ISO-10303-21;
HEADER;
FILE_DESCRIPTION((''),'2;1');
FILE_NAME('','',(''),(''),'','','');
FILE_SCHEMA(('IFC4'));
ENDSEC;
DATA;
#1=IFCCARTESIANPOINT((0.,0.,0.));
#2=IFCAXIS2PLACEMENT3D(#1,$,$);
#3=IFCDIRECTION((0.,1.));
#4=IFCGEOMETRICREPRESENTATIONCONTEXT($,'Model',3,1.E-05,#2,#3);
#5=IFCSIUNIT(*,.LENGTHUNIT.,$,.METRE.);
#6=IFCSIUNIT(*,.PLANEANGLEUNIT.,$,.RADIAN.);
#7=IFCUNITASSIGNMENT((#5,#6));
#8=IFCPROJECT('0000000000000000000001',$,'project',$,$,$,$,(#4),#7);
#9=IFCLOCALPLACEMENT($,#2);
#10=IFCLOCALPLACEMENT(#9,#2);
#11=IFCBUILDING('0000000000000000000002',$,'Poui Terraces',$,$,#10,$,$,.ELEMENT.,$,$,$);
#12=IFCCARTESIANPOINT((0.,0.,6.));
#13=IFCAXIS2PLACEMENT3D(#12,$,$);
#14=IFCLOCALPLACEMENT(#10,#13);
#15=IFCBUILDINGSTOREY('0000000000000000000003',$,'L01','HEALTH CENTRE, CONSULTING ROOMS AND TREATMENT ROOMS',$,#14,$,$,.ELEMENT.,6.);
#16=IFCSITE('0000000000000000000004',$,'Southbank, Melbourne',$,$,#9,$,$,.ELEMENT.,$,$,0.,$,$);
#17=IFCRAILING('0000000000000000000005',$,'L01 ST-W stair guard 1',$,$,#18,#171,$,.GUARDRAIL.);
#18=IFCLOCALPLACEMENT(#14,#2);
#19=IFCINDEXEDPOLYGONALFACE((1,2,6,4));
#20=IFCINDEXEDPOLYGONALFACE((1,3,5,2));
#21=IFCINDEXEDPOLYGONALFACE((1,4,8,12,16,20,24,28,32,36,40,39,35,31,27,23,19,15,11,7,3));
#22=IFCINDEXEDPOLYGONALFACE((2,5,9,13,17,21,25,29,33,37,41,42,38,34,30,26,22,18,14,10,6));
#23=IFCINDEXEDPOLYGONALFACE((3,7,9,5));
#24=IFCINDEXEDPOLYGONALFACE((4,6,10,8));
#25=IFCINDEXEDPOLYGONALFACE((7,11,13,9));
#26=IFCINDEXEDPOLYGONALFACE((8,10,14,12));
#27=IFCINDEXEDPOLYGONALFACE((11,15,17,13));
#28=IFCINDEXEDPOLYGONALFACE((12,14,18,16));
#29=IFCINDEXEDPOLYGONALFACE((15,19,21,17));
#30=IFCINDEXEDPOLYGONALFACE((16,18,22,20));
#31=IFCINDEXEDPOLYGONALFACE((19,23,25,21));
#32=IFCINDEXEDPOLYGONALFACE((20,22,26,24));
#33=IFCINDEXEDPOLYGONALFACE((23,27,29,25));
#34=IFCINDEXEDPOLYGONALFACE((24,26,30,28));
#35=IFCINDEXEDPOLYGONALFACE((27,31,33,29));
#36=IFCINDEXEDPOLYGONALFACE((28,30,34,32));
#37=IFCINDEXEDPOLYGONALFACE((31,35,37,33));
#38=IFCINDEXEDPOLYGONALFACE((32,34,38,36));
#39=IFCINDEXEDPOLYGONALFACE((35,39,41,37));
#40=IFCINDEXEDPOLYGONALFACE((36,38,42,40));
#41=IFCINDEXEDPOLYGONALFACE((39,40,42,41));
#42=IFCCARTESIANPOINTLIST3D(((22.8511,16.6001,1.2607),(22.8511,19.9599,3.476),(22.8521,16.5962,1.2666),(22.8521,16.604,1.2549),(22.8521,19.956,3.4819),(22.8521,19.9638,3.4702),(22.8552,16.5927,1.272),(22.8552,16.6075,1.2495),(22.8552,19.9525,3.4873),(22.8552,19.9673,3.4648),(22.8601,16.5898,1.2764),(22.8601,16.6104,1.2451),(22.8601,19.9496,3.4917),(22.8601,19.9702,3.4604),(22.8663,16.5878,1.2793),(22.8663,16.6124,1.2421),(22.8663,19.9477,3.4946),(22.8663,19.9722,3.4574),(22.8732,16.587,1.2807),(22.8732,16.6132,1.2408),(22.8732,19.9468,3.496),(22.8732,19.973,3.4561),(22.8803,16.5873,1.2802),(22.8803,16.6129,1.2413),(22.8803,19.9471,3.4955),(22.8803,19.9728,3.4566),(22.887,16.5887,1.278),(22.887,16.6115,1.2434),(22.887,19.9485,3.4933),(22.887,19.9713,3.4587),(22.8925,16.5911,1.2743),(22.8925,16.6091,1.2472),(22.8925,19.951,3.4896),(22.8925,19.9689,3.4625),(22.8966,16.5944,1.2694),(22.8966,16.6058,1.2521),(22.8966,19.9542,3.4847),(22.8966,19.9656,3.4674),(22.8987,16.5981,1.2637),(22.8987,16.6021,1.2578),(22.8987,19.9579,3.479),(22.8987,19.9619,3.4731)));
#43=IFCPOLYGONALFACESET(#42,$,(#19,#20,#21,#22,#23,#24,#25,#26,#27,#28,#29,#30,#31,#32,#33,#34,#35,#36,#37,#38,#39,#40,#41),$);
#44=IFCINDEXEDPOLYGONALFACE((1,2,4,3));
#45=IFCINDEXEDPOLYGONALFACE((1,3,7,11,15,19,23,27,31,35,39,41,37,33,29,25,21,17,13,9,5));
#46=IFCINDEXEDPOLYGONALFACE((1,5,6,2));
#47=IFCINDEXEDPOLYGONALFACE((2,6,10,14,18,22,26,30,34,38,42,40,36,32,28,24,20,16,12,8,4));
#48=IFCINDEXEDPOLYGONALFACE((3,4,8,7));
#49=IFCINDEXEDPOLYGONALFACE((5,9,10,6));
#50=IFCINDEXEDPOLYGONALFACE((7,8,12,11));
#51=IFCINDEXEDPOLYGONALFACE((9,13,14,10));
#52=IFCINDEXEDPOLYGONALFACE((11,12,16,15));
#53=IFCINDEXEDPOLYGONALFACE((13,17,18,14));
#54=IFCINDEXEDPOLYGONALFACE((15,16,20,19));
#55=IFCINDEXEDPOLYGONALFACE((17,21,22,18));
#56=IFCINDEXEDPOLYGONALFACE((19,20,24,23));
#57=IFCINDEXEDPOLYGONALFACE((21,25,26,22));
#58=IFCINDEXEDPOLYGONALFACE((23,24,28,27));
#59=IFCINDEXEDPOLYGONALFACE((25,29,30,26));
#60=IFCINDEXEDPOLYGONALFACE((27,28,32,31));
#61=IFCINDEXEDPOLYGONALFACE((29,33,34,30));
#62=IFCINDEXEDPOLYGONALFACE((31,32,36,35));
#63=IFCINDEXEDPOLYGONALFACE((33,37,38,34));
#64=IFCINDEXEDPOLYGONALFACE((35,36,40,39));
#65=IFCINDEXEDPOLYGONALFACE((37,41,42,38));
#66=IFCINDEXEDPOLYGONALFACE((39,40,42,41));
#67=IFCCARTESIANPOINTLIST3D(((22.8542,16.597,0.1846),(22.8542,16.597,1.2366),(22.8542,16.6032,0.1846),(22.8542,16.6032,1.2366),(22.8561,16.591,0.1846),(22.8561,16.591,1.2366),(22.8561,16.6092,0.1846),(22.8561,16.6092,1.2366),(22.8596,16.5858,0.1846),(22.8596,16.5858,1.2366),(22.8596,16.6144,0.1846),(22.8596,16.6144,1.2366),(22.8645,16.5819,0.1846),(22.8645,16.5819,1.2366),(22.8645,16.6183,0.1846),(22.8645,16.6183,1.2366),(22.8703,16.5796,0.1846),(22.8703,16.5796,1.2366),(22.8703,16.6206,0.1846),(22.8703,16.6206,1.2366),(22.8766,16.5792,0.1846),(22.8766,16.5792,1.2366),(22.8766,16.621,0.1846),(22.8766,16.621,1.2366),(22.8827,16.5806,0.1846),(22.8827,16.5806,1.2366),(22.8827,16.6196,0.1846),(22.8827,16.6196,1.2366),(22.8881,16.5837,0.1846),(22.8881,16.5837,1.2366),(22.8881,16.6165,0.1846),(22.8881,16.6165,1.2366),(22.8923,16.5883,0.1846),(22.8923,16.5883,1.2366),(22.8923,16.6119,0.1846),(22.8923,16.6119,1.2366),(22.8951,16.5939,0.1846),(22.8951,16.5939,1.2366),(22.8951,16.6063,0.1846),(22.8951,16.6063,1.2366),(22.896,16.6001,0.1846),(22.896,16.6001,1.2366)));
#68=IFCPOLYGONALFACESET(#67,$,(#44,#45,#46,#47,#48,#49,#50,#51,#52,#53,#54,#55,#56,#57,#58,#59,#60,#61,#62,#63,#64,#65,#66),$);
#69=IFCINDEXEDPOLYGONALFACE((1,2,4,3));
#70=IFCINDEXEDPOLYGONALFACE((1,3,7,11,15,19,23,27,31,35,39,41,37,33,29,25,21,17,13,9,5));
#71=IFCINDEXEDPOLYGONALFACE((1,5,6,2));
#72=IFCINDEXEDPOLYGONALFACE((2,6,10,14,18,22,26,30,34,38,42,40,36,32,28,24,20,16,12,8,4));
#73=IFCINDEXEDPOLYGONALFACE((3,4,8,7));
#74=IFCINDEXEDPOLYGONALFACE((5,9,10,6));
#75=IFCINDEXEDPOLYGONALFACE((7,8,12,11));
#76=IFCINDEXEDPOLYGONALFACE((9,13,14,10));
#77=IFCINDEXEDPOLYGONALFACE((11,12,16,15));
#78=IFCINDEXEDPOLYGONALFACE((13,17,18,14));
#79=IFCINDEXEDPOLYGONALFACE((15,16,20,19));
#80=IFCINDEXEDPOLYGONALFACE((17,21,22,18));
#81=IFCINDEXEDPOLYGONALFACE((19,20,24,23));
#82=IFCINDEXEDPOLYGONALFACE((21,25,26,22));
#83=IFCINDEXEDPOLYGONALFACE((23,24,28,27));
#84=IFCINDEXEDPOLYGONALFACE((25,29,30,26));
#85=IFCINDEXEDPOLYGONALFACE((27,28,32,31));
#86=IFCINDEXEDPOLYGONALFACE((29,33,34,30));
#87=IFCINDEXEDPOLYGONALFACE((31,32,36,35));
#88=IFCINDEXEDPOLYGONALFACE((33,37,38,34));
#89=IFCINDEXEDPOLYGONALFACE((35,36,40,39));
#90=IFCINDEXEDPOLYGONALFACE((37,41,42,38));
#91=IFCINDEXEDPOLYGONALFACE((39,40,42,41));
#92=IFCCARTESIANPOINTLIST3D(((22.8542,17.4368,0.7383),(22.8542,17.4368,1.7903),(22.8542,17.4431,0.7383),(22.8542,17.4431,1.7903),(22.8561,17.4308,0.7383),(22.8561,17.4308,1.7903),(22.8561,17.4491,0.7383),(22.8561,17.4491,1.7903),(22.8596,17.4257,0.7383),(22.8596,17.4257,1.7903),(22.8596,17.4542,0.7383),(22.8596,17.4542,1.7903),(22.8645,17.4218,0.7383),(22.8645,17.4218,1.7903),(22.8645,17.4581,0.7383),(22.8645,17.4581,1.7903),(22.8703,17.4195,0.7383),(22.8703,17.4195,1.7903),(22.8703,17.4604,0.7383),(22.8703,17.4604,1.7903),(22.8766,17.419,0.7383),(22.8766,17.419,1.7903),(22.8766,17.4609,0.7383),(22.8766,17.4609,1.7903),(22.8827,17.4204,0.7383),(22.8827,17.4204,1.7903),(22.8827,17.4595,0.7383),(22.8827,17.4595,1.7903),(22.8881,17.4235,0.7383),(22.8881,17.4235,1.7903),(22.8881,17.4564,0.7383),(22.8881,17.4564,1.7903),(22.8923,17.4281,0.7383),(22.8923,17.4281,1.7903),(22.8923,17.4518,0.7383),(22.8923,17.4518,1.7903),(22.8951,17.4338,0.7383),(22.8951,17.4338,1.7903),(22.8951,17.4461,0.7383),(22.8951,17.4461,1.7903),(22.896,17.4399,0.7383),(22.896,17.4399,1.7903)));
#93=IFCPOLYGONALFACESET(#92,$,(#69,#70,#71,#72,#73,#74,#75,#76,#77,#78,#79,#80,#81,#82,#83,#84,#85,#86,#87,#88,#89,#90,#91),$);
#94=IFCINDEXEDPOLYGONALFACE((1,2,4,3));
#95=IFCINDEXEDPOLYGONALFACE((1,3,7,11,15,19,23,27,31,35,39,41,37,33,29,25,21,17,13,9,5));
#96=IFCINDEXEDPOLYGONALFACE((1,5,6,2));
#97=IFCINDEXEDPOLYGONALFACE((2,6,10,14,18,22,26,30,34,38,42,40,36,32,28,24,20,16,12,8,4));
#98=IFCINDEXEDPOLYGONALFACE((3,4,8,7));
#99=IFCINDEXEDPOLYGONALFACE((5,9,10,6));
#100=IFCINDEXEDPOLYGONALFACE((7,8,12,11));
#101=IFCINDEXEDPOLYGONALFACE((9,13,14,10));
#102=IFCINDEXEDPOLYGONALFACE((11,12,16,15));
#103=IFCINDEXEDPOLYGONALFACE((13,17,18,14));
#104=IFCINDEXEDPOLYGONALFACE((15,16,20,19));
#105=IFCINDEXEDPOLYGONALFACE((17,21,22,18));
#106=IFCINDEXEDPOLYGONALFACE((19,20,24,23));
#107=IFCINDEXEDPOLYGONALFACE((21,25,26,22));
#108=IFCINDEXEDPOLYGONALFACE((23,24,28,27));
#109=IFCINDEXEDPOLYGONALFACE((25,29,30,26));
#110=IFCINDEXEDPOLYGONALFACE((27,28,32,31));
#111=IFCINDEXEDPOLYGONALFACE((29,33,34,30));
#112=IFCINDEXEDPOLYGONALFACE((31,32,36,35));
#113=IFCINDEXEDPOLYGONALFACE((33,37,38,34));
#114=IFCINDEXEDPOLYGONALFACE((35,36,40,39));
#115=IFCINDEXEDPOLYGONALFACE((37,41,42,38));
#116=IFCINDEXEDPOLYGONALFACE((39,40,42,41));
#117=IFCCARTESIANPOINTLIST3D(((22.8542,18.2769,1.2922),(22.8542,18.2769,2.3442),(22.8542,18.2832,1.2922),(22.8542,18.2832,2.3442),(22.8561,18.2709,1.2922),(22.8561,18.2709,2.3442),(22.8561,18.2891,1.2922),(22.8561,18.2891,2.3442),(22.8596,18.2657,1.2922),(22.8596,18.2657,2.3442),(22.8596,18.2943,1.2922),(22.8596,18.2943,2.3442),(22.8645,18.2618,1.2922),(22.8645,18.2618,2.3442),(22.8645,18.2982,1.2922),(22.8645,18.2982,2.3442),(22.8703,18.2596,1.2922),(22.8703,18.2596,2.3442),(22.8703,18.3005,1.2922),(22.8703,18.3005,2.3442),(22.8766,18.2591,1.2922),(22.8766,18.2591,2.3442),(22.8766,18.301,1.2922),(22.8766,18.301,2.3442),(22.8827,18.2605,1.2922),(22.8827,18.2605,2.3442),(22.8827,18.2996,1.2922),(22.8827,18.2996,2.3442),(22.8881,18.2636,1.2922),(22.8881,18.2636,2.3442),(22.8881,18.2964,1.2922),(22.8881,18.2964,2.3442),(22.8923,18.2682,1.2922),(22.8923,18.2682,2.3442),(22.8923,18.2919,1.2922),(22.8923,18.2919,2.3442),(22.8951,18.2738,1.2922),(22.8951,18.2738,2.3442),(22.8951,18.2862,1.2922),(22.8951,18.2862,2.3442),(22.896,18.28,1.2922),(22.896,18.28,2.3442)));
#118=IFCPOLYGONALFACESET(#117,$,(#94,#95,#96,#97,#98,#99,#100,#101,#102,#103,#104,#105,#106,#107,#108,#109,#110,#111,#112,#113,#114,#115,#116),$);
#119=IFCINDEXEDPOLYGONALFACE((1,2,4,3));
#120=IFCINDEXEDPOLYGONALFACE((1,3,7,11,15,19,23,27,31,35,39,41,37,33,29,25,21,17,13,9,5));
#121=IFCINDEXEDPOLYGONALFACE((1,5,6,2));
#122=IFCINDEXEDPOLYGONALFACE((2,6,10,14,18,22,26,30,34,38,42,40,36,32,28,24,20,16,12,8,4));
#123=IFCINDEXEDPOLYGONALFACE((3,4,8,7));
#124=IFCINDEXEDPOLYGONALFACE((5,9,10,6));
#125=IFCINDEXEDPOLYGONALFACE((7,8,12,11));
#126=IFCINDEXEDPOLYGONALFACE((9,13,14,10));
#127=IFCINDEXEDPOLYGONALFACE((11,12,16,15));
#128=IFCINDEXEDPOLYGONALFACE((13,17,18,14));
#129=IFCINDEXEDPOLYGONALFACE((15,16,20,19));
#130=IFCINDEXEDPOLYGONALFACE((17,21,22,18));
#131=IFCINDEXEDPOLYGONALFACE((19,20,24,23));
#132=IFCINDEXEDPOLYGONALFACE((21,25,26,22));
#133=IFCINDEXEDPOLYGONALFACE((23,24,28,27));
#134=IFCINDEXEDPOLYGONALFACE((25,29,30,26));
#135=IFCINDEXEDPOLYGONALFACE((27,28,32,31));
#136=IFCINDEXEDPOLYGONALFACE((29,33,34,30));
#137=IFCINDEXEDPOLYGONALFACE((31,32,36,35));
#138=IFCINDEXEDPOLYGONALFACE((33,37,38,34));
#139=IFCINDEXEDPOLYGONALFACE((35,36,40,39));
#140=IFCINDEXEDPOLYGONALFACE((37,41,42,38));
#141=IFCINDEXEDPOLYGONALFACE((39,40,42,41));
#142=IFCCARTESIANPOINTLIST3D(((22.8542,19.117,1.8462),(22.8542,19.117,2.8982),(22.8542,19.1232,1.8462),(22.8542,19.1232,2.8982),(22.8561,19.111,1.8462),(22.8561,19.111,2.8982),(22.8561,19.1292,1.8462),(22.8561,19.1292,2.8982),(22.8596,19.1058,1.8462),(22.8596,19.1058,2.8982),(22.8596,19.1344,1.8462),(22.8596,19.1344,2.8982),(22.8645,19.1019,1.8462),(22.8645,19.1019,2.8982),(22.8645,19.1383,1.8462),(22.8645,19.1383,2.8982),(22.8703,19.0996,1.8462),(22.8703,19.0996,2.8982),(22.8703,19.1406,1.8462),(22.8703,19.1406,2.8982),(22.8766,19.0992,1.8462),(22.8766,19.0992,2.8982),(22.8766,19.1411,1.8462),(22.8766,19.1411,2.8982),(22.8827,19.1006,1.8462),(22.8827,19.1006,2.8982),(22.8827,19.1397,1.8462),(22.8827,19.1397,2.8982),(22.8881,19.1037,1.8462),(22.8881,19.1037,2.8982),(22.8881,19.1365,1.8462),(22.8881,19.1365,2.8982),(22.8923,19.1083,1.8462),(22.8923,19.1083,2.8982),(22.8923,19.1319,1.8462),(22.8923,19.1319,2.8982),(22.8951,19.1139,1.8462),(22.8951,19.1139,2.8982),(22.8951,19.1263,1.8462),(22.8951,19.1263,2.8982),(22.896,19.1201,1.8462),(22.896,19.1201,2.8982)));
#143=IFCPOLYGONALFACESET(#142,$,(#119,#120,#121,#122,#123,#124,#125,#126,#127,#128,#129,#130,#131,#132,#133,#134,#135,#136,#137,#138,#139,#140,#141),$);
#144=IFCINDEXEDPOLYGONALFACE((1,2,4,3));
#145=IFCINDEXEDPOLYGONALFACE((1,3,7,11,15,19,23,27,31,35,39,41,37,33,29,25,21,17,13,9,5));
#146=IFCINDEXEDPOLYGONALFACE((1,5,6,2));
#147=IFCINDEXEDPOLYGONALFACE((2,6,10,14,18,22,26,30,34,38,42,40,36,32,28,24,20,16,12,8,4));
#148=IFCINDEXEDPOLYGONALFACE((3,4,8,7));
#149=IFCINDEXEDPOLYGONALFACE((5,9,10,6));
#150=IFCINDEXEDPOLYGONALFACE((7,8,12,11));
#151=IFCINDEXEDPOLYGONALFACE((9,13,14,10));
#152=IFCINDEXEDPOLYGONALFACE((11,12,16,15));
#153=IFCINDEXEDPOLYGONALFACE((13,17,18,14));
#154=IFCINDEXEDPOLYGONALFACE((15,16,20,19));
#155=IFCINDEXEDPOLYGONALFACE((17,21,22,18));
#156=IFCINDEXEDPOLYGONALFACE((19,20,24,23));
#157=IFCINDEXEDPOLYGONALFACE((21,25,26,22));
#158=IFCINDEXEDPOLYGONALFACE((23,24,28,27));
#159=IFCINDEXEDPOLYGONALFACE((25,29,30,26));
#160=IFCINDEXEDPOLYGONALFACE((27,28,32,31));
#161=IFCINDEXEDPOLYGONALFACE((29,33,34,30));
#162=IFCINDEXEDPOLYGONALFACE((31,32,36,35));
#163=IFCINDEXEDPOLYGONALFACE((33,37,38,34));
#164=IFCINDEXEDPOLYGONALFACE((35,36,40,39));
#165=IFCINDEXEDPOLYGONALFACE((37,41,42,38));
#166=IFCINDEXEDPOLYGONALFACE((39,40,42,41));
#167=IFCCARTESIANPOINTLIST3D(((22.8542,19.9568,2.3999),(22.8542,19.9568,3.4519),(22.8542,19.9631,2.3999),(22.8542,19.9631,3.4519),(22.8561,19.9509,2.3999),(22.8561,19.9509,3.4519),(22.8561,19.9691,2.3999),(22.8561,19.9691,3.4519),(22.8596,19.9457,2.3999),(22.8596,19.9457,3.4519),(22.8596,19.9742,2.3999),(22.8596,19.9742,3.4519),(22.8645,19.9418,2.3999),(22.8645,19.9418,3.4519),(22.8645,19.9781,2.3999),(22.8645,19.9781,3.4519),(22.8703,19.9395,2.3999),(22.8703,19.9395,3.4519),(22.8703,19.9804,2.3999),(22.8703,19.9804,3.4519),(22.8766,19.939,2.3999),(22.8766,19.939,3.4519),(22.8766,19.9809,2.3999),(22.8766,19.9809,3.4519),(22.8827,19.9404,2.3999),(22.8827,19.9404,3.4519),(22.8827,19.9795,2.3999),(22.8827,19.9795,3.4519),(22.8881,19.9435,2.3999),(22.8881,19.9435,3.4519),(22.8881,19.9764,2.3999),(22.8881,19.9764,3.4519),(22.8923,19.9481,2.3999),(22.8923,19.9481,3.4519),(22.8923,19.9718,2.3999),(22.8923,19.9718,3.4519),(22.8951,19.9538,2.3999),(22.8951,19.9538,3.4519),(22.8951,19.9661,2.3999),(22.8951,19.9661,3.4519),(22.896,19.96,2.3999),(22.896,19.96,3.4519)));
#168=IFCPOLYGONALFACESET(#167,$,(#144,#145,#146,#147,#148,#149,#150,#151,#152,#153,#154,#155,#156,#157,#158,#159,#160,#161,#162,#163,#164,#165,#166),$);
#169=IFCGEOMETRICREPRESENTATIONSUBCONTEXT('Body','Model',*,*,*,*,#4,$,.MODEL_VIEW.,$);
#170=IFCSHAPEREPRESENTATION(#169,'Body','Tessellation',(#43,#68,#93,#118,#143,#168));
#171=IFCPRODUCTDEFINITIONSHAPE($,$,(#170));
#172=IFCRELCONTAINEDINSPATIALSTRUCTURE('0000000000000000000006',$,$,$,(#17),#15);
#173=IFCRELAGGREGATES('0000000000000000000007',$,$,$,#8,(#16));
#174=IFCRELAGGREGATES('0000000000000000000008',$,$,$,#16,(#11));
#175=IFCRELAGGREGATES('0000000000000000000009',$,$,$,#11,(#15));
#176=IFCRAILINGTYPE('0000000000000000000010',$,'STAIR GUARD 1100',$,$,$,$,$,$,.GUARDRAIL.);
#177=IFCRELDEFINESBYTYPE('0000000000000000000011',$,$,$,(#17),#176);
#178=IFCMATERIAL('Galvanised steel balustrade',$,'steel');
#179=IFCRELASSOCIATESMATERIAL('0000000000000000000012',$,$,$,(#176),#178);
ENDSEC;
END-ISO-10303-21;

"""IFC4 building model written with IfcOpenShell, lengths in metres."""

from ifc_helpers import new_model, si_unit, direction, frame, origin, origin_2d, place, context, subcontext, project, spatial, circle, extrude, material, type_object, element, save


model = new_model("IFC4")

# Units and contexts
model_context = context("Model", 3, precision=1e-05, world=origin(), true_north=direction((0.0, 1.0)))
body_context = subcontext(model_context, "Body", "Model", "MODEL_VIEW")
ifc_project = project(units=[si_unit("LENGTHUNIT", "METRE"), si_unit("PLANEANGLEUNIT", "RADIAN")], contexts=[model_context])

# Site, building, storey
site_placement = place(None, origin())
site = spatial("IfcSite", under=ifc_project, at=site_placement, Name="Southbank, Melbourne", CompositionType="ELEMENT", RefElevation=0.0)
building_placement = place(site_placement, origin())
building = spatial("IfcBuilding", under=site, at=building_placement, Name="Poui Terraces", CompositionType="ELEMENT")
storey_placement = place(building_placement, frame((0.0, 0.0, 6.0)))
storey = spatial("IfcBuildingStorey", under=building, at=storey_placement, Name="L01", Description="HEALTH CENTRE, CONSULTING ROOMS AND TREATMENT ROOMS", CompositionType="ELEMENT", Elevation=6.0)

# Railing
ifc_material_1 = material(Name="Galvanised steel balustrade", Category="steel")
railing_type_1 = type_object("IfcRailingType", Name="STAIR GUARD 1100", PredefinedType="GUARDRAIL", material=ifc_material_1)
railing_1_placement = place(storey_placement, frame((22.875, 16.6001, 0.1846)))
element("IfcRailing", 1, at=railing_1_placement, inside=storey, type_object=railing_type_1, Name="L01 ST-W stair guard 1", PredefinedType="GUARDRAIL", context=body_context, shape_type="SweptSolid", body=[
    extrude(circle(Radius=0.0239, at=origin_2d()), frame((0.0, 0.0, 1.0762), z_axis=(0.0, 0.834858, 0.550465), x_axis=(-1.0, 0.0, 0.0)), (0.0, 0.0, 1.0), 4.0244),
    extrude(circle(Radius=0.021, at=origin_2d()), origin(), (0.0, 0.0, 1.0), 1.052),
    extrude(circle(Radius=0.021, at=origin_2d()), frame((0.0, 0.8398, 0.5537)), (0.0, 0.0, 1.0), 1.052),
    extrude(circle(Radius=0.021, at=origin_2d()), frame((0.0, 1.6799, 1.1077)), (0.0, 0.0, 1.0), 1.052),
    extrude(circle(Radius=0.021, at=origin_2d()), frame((0.0, 2.52, 1.6616)), (0.0, 0.0, 1.0), 1.052),
    extrude(circle(Radius=0.021, at=origin_2d()), frame((0.0, 3.3599, 2.2153)), (0.0, 0.0, 1.0), 1.052),
])

save(model, "model.ifc")
